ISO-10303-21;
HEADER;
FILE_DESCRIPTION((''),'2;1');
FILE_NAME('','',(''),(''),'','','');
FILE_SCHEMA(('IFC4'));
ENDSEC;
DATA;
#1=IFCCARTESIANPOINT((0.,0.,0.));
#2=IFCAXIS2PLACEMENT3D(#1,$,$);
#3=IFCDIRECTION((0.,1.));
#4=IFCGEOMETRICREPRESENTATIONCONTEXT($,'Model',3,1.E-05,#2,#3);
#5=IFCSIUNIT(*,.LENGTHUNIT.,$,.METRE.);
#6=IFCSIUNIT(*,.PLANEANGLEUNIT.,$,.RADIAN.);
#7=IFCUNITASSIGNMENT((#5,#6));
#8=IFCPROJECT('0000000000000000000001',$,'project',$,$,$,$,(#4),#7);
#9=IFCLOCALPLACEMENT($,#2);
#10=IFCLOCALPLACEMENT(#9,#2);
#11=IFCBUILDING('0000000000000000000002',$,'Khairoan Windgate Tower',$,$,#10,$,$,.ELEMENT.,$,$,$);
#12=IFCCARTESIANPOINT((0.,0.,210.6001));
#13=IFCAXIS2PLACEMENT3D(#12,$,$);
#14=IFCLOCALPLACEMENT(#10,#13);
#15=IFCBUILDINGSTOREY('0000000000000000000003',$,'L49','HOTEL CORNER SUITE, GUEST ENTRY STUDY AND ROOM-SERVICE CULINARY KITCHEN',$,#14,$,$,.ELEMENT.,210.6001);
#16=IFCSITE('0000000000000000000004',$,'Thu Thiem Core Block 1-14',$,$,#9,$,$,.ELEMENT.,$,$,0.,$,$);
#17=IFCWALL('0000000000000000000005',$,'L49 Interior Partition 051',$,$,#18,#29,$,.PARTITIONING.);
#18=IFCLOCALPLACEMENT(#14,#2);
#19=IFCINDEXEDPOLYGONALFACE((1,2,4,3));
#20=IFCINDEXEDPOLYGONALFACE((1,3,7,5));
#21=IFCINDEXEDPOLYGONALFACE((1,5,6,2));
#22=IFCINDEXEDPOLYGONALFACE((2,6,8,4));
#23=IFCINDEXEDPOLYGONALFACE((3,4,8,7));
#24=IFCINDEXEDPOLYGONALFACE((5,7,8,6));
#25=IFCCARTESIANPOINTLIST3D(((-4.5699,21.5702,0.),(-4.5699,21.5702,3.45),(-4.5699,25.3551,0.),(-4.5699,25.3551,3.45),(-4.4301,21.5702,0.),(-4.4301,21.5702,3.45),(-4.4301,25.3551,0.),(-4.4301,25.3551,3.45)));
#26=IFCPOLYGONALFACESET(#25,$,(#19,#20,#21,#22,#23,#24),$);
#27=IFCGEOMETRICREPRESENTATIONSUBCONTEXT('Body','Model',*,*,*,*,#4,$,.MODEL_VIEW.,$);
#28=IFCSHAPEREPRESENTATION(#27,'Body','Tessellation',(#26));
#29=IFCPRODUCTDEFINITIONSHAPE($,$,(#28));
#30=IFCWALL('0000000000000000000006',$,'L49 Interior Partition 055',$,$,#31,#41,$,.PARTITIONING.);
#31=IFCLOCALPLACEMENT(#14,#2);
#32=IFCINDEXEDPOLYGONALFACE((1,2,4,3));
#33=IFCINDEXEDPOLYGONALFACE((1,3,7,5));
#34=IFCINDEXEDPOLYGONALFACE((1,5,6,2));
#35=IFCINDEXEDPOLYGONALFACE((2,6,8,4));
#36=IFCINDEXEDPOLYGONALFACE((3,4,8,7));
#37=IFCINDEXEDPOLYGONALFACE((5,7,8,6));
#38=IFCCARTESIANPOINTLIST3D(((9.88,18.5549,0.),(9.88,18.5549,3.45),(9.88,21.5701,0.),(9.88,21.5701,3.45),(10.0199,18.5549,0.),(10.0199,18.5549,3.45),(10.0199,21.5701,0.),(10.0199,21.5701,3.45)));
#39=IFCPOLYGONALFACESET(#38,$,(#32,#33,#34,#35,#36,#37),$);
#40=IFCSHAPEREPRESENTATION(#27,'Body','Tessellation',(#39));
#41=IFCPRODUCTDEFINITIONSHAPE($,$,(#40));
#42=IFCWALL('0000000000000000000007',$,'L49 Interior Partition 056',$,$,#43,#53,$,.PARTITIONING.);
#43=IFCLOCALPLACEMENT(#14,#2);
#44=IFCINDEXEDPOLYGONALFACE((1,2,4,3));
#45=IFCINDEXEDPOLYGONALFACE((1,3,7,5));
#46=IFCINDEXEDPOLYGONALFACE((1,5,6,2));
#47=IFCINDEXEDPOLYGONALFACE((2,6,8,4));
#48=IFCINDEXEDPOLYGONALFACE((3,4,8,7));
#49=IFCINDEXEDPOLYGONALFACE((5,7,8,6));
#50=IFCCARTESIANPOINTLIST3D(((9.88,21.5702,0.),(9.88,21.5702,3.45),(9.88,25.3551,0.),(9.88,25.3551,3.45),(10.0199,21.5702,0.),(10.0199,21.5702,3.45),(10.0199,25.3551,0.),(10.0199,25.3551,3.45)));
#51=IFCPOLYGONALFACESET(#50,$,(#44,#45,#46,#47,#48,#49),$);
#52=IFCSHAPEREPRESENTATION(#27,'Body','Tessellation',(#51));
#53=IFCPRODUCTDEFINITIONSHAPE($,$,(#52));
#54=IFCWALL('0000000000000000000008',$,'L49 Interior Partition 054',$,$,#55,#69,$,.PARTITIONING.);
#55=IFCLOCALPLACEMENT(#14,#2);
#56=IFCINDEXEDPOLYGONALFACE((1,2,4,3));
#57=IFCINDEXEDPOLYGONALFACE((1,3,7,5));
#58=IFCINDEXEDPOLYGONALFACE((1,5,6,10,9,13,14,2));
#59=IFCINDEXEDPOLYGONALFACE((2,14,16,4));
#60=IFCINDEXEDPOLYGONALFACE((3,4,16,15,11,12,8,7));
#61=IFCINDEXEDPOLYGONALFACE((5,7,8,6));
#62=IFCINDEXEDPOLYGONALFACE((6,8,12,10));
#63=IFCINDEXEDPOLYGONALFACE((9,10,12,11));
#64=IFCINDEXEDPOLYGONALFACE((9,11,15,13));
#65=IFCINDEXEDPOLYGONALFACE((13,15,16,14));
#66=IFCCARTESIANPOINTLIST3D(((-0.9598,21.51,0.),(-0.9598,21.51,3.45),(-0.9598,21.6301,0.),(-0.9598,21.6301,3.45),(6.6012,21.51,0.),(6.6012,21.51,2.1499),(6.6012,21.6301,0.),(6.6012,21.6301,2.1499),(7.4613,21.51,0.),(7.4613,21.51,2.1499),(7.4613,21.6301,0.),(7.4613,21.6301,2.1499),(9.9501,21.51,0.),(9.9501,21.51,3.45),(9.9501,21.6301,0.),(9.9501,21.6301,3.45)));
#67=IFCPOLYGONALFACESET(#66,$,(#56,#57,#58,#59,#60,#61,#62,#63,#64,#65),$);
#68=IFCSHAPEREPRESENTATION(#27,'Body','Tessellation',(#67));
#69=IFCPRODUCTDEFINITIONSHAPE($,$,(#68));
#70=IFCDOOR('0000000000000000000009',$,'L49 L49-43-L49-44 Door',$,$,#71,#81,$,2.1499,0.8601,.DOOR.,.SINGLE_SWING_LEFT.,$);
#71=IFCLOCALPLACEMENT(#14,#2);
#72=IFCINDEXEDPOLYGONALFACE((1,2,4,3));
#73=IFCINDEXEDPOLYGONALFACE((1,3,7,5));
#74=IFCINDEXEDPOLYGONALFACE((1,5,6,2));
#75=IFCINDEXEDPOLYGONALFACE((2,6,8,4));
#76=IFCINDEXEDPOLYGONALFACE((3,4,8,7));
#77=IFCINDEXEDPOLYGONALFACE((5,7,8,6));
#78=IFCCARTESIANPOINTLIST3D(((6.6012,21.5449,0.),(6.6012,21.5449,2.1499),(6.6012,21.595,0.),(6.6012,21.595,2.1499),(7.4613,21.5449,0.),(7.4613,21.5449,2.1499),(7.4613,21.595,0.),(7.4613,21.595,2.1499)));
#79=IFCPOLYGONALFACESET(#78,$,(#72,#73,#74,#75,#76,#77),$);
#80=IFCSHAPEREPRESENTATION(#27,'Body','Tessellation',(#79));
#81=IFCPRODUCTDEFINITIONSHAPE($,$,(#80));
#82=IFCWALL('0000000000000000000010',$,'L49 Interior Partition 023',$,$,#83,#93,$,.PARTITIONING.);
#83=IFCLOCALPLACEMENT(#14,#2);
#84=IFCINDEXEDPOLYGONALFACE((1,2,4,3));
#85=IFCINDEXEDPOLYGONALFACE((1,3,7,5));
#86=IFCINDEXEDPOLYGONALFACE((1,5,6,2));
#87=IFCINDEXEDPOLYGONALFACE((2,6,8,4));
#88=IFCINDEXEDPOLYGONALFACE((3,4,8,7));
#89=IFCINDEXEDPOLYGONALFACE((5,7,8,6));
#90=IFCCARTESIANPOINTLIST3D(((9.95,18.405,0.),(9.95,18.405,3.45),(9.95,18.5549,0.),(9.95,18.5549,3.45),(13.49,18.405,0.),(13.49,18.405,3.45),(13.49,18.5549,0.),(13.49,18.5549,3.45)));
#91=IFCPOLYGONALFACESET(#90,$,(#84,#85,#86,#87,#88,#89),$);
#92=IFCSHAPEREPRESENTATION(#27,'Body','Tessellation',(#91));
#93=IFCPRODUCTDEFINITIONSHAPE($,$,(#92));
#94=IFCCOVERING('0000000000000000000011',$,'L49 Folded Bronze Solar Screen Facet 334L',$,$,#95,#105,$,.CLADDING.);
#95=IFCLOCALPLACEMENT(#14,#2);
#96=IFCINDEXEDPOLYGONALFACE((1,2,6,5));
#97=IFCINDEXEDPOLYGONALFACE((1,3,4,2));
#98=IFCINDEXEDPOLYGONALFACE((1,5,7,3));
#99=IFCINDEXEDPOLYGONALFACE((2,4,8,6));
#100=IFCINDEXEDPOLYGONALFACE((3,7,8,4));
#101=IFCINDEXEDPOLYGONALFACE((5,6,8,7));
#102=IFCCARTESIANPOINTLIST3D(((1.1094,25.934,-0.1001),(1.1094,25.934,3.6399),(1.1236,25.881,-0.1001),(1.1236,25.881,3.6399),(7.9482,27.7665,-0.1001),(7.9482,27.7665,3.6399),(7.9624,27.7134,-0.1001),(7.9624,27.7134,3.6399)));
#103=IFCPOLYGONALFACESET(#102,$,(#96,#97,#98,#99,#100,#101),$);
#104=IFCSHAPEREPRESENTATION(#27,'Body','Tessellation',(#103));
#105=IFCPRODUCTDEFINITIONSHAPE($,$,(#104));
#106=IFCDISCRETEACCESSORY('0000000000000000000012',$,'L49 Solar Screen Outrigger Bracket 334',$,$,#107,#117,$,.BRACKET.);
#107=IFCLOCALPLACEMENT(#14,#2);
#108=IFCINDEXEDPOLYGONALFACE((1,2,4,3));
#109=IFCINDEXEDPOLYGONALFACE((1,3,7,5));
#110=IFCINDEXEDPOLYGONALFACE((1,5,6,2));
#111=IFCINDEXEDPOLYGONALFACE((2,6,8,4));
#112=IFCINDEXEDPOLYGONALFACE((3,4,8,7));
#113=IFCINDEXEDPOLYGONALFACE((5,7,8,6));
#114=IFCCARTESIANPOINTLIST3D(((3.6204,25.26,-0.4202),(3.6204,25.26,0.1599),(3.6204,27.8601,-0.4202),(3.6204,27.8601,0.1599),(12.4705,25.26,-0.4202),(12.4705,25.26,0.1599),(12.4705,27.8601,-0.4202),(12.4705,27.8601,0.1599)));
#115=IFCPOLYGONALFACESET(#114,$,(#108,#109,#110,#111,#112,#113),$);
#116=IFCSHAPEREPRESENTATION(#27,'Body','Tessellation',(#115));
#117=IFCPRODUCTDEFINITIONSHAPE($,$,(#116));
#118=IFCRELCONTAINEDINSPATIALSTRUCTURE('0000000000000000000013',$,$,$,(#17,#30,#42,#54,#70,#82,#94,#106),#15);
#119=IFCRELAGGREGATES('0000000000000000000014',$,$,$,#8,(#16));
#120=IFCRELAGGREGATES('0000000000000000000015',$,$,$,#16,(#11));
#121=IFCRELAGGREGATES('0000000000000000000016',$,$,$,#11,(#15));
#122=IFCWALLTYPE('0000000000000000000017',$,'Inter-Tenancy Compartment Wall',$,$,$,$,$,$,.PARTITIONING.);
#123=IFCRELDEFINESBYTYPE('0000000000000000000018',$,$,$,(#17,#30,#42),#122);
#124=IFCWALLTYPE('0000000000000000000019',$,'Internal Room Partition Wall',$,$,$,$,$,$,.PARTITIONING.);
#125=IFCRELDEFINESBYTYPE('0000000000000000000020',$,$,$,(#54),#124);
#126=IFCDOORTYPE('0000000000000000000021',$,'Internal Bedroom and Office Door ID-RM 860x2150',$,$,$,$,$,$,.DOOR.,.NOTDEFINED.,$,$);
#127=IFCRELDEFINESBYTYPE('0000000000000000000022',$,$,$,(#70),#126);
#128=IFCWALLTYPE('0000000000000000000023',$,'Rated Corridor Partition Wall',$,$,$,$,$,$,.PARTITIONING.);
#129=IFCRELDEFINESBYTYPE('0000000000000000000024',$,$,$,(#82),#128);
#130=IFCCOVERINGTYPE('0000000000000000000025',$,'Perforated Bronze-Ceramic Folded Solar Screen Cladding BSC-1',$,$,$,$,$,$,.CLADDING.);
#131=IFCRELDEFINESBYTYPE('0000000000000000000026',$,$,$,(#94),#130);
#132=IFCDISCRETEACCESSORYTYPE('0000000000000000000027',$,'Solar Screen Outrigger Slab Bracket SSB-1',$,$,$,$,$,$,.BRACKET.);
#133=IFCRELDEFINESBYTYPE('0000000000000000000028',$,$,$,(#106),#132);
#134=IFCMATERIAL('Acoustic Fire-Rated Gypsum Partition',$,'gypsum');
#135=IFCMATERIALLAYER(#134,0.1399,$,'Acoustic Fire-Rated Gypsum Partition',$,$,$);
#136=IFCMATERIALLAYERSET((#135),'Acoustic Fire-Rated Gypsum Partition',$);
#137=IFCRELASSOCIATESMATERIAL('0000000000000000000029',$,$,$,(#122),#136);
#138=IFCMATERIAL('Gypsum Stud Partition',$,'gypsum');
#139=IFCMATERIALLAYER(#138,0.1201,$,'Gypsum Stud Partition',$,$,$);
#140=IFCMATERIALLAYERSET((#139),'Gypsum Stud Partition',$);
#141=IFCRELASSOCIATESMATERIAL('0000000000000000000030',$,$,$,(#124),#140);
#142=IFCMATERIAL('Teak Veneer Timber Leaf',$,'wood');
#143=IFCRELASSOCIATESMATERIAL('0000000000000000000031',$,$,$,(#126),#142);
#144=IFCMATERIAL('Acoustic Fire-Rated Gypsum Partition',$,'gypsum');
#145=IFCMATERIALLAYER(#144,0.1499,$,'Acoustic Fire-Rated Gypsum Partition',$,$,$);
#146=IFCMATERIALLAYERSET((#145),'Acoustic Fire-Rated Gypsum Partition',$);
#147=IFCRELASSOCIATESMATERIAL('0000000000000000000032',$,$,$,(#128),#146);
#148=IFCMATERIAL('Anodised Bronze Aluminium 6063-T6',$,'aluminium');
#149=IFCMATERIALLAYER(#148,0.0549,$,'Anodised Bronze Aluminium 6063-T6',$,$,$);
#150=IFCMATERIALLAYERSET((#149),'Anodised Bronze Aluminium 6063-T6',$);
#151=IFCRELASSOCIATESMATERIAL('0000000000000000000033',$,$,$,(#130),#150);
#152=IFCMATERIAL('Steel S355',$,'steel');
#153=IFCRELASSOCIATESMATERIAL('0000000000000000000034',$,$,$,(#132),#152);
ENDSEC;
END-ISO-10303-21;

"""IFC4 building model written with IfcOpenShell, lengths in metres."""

from ifc_helpers import new_model, si_unit, direction, frame, frame_2d, origin, origin_2d, place, context, subcontext, project, spatial, rectangle, extrude, material, layer, layer_set, type_object, element, fill, save


model = new_model("IFC4")

# Units and contexts
model_context = context("Model", 3, precision=1e-05, world=origin(), true_north=direction((0.0, 1.0)))
body_context = subcontext(model_context, "Body", "Model", "MODEL_VIEW")
ifc_project = project(units=[si_unit("LENGTHUNIT", "METRE"), si_unit("PLANEANGLEUNIT", "RADIAN")], contexts=[model_context])

# Site, building, storey
site_placement = place(None, origin())
site = spatial("IfcSite", under=ifc_project, at=site_placement, Name="Thu Thiem Core Block 1-14", CompositionType="ELEMENT", RefElevation=0.0)
building_placement = place(site_placement, origin())
building = spatial("IfcBuilding", under=site, at=building_placement, Name="Khairoan Windgate Tower", CompositionType="ELEMENT")
storey_placement = place(building_placement, frame((0.0, 0.0, 210.6001)))
storey = spatial("IfcBuildingStorey", under=building, at=storey_placement, Name="L49", Description="HOTEL CORNER SUITE, GUEST ENTRY STUDY AND ROOM-SERVICE CULINARY KITCHEN", CompositionType="ELEMENT", Elevation=210.6001)

# Walls
ifc_material_1 = material(Name="Acoustic Fire-Rated Gypsum Partition", Category="gypsum")
ifc_layer_1 = layer(ifc_material_1, 0.1399, Name="Acoustic Fire-Rated Gypsum Partition")
ifc_layer_set_1 = layer_set([ifc_layer_1], Name="Acoustic Fire-Rated Gypsum Partition")
wall_type_1 = type_object("IfcWallType", Name="Inter-Tenancy Compartment Wall", PredefinedType="PARTITIONING", material=ifc_layer_set_1)
wall_1_placement = place(storey_placement, frame((-4.5, 21.5701, 0.0), z_axis=(0.0, 0.0, 1.0), x_axis=(0.0, 1.0, 0.0)))
element("IfcWall", 1, at=wall_1_placement, inside=storey, type_object=wall_type_1, Name="L49 Interior Partition 051", PredefinedType="PARTITIONING", context=body_context, shape_type="SweptSolid", body=[
    extrude(rectangle(XDim=3.7849, YDim=0.1399, at=frame_2d((1.8926, 0.0))), origin(), (0.0, 0.0, 1.0), 3.45),
])
wall_2_placement = place(storey_placement, frame((9.95, 18.5549, 0.0), z_axis=(0.0, 0.0, 1.0), x_axis=(0.0, 1.0, 0.0)))
element("IfcWall", 2, at=wall_2_placement, inside=storey, type_object=wall_type_1, Name="L49 Interior Partition 055", PredefinedType="PARTITIONING", context=body_context, shape_type="SweptSolid", body=[
    extrude(rectangle(XDim=3.0151, YDim=0.1399, at=frame_2d((1.5076, 0.0))), origin(), (0.0, 0.0, 1.0), 3.45),
])
wall_3_placement = place(storey_placement, frame((9.95, 21.5701, 0.0), z_axis=(0.0, 0.0, 1.0), x_axis=(0.0, 1.0, 0.0)))
element("IfcWall", 3, at=wall_3_placement, inside=storey, type_object=wall_type_1, Name="L49 Interior Partition 056", PredefinedType="PARTITIONING", context=body_context, shape_type="SweptSolid", body=[
    extrude(rectangle(XDim=3.7849, YDim=0.1399, at=frame_2d((1.8926, 0.0))), origin(), (0.0, 0.0, 1.0), 3.45),
])

# Wall, opening, door
ifc_material_2 = material(Name="Gypsum Stud Partition", Category="gypsum")
ifc_layer_2 = layer(ifc_material_2, 0.1201, Name="Gypsum Stud Partition")
ifc_layer_set_2 = layer_set([ifc_layer_2], Name="Gypsum Stud Partition")
wall_type_2 = type_object("IfcWallType", Name="Internal Room Partition Wall", PredefinedType="PARTITIONING", material=ifc_layer_set_2)
wall_4_placement = place(storey_placement, frame((-0.96, 21.5701, 0.0), z_axis=(0.0, 0.0, 1.0), x_axis=(1.0, 0.0, 0.0)))
wall_4 = element("IfcWall", 4, at=wall_4_placement, inside=storey, type_object=wall_type_2, Name="L49 Interior Partition 054", PredefinedType="PARTITIONING", context=body_context, shape_type="SweptSolid", body=[
    extrude(rectangle(XDim=10.9099, YDim=0.1201, at=frame_2d((5.4551, 0.0))), origin(), (0.0, 0.0, 1.0), 3.45),
])
opening_1_placement = place(wall_4_placement, frame((7.561, 0.0, 0.0)))
opening_1 = element("IfcOpeningElement", 5, at=opening_1_placement, cuts=wall_4, PredefinedType="OPENING", context=body_context, shape_type="SweptSolid", body=[
    extrude(rectangle(XDim=0.8601, YDim=2.1499, at=frame_2d((0.4302, 1.075))), frame((0.0, 0.0701, 0.0), z_axis=(0.0, -1.0, 0.0), x_axis=(1.0, 0.0, 0.0)), (0.0, 0.0, 1.0), 0.1401),
])
ifc_material_3 = material(Name="Teak Veneer Timber Leaf", Category="wood")
door_type_1 = type_object("IfcDoorType", Name="Internal Bedroom and Office Door ID-RM 860x2150", OperationType="NOTDEFINED", PredefinedType="DOOR", material=ifc_material_3)
door_1_placement = place(opening_1_placement, origin())
door_1 = element("IfcDoor", 6, at=door_1_placement, inside=storey, type_object=door_type_1, Name="L49 L49-43-L49-44 Door", OperationType="SINGLE_SWING_LEFT", OverallHeight=2.1499, OverallWidth=0.8601, PredefinedType="DOOR", context=body_context, shape_type="SweptSolid", body=[
    extrude(rectangle(XDim=0.8601, YDim=2.1499, at=frame_2d((0.4302, 1.075))), frame((0.0, 0.0249, 0.0), z_axis=(0.0, -1.0, 0.0), x_axis=(1.0, 0.0, 0.0)), (0.0, 0.0, 1.0), 0.05),
])
fill(opening_1, door_1)

# Wall
ifc_material_4 = material(Name="Acoustic Fire-Rated Gypsum Partition", Category="gypsum")
ifc_layer_3 = layer(ifc_material_4, 0.1499, Name="Acoustic Fire-Rated Gypsum Partition")
ifc_layer_set_3 = layer_set([ifc_layer_3], Name="Acoustic Fire-Rated Gypsum Partition")
wall_type_3 = type_object("IfcWallType", Name="Rated Corridor Partition Wall", PredefinedType="PARTITIONING", material=ifc_layer_set_3)
wall_5_placement = place(storey_placement, frame((9.95, 18.48, 0.0), z_axis=(0.0, 0.0, 1.0), x_axis=(1.0, 0.0, 0.0)))
element("IfcWall", 7, at=wall_5_placement, inside=storey, type_object=wall_type_3, Name="L49 Interior Partition 023", PredefinedType="PARTITIONING", context=body_context, shape_type="SweptSolid", body=[
    extrude(rectangle(XDim=3.54, YDim=0.1499, at=frame_2d((1.77, 0.0))), origin(), (0.0, 0.0, 1.0), 3.45),
])

# Covering
ifc_material_5 = material(Name="Anodised Bronze Aluminium 6063-T6", Category="aluminium")
ifc_layer_4 = layer(ifc_material_5, 0.0549, Name="Anodised Bronze Aluminium 6063-T6")
ifc_layer_set_4 = layer_set([ifc_layer_4], Name="Anodised Bronze Aluminium 6063-T6")
covering_type = type_object("IfcCoveringType", Name="Perforated Bronze-Ceramic Folded Solar Screen Cladding BSC-1", PredefinedType="CLADDING", material=ifc_layer_set_4)
covering_placement = place(storey_placement, frame((4.5359, 26.8237, -0.1001), z_axis=(0.0, 0.0, 1.0), x_axis=(0.965926, 0.258819, 0.0)))
element("IfcCovering", 8, at=covering_placement, inside=storey, type_object=covering_type, Name="L49 Folded Bronze Solar Screen Facet 334L", PredefinedType="CLADDING", context=body_context, shape_type="SweptSolid", body=[
    extrude(rectangle(XDim=7.0801, YDim=0.0549, at=origin_2d()), origin(), (0.0, 0.0, 1.0), 3.74),
])

# Discrete accessory
ifc_material_6 = material(Name="Steel S355", Category="steel")
discrete_accessory_type = type_object("IfcDiscreteAccessoryType", Name="Solar Screen Outrigger Slab Bracket SSB-1", PredefinedType="BRACKET", material=ifc_material_6)
discrete_accessory_placement = place(storey_placement, frame((8.0454, 26.5601, -0.4202), z_axis=(0.0, 0.0, 1.0), x_axis=(1.0, 0.0, 0.0)))
element("IfcDiscreteAccessory", 9, at=discrete_accessory_placement, inside=storey, type_object=discrete_accessory_type, Name="L49 Solar Screen Outrigger Bracket 334", PredefinedType="BRACKET", context=body_context, shape_type="SweptSolid", body=[
    extrude(rectangle(XDim=8.8501, YDim=2.6001, at=origin_2d()), origin(), (0.0, 0.0, 1.0), 0.5801),
])

save(model, "model.ifc")
